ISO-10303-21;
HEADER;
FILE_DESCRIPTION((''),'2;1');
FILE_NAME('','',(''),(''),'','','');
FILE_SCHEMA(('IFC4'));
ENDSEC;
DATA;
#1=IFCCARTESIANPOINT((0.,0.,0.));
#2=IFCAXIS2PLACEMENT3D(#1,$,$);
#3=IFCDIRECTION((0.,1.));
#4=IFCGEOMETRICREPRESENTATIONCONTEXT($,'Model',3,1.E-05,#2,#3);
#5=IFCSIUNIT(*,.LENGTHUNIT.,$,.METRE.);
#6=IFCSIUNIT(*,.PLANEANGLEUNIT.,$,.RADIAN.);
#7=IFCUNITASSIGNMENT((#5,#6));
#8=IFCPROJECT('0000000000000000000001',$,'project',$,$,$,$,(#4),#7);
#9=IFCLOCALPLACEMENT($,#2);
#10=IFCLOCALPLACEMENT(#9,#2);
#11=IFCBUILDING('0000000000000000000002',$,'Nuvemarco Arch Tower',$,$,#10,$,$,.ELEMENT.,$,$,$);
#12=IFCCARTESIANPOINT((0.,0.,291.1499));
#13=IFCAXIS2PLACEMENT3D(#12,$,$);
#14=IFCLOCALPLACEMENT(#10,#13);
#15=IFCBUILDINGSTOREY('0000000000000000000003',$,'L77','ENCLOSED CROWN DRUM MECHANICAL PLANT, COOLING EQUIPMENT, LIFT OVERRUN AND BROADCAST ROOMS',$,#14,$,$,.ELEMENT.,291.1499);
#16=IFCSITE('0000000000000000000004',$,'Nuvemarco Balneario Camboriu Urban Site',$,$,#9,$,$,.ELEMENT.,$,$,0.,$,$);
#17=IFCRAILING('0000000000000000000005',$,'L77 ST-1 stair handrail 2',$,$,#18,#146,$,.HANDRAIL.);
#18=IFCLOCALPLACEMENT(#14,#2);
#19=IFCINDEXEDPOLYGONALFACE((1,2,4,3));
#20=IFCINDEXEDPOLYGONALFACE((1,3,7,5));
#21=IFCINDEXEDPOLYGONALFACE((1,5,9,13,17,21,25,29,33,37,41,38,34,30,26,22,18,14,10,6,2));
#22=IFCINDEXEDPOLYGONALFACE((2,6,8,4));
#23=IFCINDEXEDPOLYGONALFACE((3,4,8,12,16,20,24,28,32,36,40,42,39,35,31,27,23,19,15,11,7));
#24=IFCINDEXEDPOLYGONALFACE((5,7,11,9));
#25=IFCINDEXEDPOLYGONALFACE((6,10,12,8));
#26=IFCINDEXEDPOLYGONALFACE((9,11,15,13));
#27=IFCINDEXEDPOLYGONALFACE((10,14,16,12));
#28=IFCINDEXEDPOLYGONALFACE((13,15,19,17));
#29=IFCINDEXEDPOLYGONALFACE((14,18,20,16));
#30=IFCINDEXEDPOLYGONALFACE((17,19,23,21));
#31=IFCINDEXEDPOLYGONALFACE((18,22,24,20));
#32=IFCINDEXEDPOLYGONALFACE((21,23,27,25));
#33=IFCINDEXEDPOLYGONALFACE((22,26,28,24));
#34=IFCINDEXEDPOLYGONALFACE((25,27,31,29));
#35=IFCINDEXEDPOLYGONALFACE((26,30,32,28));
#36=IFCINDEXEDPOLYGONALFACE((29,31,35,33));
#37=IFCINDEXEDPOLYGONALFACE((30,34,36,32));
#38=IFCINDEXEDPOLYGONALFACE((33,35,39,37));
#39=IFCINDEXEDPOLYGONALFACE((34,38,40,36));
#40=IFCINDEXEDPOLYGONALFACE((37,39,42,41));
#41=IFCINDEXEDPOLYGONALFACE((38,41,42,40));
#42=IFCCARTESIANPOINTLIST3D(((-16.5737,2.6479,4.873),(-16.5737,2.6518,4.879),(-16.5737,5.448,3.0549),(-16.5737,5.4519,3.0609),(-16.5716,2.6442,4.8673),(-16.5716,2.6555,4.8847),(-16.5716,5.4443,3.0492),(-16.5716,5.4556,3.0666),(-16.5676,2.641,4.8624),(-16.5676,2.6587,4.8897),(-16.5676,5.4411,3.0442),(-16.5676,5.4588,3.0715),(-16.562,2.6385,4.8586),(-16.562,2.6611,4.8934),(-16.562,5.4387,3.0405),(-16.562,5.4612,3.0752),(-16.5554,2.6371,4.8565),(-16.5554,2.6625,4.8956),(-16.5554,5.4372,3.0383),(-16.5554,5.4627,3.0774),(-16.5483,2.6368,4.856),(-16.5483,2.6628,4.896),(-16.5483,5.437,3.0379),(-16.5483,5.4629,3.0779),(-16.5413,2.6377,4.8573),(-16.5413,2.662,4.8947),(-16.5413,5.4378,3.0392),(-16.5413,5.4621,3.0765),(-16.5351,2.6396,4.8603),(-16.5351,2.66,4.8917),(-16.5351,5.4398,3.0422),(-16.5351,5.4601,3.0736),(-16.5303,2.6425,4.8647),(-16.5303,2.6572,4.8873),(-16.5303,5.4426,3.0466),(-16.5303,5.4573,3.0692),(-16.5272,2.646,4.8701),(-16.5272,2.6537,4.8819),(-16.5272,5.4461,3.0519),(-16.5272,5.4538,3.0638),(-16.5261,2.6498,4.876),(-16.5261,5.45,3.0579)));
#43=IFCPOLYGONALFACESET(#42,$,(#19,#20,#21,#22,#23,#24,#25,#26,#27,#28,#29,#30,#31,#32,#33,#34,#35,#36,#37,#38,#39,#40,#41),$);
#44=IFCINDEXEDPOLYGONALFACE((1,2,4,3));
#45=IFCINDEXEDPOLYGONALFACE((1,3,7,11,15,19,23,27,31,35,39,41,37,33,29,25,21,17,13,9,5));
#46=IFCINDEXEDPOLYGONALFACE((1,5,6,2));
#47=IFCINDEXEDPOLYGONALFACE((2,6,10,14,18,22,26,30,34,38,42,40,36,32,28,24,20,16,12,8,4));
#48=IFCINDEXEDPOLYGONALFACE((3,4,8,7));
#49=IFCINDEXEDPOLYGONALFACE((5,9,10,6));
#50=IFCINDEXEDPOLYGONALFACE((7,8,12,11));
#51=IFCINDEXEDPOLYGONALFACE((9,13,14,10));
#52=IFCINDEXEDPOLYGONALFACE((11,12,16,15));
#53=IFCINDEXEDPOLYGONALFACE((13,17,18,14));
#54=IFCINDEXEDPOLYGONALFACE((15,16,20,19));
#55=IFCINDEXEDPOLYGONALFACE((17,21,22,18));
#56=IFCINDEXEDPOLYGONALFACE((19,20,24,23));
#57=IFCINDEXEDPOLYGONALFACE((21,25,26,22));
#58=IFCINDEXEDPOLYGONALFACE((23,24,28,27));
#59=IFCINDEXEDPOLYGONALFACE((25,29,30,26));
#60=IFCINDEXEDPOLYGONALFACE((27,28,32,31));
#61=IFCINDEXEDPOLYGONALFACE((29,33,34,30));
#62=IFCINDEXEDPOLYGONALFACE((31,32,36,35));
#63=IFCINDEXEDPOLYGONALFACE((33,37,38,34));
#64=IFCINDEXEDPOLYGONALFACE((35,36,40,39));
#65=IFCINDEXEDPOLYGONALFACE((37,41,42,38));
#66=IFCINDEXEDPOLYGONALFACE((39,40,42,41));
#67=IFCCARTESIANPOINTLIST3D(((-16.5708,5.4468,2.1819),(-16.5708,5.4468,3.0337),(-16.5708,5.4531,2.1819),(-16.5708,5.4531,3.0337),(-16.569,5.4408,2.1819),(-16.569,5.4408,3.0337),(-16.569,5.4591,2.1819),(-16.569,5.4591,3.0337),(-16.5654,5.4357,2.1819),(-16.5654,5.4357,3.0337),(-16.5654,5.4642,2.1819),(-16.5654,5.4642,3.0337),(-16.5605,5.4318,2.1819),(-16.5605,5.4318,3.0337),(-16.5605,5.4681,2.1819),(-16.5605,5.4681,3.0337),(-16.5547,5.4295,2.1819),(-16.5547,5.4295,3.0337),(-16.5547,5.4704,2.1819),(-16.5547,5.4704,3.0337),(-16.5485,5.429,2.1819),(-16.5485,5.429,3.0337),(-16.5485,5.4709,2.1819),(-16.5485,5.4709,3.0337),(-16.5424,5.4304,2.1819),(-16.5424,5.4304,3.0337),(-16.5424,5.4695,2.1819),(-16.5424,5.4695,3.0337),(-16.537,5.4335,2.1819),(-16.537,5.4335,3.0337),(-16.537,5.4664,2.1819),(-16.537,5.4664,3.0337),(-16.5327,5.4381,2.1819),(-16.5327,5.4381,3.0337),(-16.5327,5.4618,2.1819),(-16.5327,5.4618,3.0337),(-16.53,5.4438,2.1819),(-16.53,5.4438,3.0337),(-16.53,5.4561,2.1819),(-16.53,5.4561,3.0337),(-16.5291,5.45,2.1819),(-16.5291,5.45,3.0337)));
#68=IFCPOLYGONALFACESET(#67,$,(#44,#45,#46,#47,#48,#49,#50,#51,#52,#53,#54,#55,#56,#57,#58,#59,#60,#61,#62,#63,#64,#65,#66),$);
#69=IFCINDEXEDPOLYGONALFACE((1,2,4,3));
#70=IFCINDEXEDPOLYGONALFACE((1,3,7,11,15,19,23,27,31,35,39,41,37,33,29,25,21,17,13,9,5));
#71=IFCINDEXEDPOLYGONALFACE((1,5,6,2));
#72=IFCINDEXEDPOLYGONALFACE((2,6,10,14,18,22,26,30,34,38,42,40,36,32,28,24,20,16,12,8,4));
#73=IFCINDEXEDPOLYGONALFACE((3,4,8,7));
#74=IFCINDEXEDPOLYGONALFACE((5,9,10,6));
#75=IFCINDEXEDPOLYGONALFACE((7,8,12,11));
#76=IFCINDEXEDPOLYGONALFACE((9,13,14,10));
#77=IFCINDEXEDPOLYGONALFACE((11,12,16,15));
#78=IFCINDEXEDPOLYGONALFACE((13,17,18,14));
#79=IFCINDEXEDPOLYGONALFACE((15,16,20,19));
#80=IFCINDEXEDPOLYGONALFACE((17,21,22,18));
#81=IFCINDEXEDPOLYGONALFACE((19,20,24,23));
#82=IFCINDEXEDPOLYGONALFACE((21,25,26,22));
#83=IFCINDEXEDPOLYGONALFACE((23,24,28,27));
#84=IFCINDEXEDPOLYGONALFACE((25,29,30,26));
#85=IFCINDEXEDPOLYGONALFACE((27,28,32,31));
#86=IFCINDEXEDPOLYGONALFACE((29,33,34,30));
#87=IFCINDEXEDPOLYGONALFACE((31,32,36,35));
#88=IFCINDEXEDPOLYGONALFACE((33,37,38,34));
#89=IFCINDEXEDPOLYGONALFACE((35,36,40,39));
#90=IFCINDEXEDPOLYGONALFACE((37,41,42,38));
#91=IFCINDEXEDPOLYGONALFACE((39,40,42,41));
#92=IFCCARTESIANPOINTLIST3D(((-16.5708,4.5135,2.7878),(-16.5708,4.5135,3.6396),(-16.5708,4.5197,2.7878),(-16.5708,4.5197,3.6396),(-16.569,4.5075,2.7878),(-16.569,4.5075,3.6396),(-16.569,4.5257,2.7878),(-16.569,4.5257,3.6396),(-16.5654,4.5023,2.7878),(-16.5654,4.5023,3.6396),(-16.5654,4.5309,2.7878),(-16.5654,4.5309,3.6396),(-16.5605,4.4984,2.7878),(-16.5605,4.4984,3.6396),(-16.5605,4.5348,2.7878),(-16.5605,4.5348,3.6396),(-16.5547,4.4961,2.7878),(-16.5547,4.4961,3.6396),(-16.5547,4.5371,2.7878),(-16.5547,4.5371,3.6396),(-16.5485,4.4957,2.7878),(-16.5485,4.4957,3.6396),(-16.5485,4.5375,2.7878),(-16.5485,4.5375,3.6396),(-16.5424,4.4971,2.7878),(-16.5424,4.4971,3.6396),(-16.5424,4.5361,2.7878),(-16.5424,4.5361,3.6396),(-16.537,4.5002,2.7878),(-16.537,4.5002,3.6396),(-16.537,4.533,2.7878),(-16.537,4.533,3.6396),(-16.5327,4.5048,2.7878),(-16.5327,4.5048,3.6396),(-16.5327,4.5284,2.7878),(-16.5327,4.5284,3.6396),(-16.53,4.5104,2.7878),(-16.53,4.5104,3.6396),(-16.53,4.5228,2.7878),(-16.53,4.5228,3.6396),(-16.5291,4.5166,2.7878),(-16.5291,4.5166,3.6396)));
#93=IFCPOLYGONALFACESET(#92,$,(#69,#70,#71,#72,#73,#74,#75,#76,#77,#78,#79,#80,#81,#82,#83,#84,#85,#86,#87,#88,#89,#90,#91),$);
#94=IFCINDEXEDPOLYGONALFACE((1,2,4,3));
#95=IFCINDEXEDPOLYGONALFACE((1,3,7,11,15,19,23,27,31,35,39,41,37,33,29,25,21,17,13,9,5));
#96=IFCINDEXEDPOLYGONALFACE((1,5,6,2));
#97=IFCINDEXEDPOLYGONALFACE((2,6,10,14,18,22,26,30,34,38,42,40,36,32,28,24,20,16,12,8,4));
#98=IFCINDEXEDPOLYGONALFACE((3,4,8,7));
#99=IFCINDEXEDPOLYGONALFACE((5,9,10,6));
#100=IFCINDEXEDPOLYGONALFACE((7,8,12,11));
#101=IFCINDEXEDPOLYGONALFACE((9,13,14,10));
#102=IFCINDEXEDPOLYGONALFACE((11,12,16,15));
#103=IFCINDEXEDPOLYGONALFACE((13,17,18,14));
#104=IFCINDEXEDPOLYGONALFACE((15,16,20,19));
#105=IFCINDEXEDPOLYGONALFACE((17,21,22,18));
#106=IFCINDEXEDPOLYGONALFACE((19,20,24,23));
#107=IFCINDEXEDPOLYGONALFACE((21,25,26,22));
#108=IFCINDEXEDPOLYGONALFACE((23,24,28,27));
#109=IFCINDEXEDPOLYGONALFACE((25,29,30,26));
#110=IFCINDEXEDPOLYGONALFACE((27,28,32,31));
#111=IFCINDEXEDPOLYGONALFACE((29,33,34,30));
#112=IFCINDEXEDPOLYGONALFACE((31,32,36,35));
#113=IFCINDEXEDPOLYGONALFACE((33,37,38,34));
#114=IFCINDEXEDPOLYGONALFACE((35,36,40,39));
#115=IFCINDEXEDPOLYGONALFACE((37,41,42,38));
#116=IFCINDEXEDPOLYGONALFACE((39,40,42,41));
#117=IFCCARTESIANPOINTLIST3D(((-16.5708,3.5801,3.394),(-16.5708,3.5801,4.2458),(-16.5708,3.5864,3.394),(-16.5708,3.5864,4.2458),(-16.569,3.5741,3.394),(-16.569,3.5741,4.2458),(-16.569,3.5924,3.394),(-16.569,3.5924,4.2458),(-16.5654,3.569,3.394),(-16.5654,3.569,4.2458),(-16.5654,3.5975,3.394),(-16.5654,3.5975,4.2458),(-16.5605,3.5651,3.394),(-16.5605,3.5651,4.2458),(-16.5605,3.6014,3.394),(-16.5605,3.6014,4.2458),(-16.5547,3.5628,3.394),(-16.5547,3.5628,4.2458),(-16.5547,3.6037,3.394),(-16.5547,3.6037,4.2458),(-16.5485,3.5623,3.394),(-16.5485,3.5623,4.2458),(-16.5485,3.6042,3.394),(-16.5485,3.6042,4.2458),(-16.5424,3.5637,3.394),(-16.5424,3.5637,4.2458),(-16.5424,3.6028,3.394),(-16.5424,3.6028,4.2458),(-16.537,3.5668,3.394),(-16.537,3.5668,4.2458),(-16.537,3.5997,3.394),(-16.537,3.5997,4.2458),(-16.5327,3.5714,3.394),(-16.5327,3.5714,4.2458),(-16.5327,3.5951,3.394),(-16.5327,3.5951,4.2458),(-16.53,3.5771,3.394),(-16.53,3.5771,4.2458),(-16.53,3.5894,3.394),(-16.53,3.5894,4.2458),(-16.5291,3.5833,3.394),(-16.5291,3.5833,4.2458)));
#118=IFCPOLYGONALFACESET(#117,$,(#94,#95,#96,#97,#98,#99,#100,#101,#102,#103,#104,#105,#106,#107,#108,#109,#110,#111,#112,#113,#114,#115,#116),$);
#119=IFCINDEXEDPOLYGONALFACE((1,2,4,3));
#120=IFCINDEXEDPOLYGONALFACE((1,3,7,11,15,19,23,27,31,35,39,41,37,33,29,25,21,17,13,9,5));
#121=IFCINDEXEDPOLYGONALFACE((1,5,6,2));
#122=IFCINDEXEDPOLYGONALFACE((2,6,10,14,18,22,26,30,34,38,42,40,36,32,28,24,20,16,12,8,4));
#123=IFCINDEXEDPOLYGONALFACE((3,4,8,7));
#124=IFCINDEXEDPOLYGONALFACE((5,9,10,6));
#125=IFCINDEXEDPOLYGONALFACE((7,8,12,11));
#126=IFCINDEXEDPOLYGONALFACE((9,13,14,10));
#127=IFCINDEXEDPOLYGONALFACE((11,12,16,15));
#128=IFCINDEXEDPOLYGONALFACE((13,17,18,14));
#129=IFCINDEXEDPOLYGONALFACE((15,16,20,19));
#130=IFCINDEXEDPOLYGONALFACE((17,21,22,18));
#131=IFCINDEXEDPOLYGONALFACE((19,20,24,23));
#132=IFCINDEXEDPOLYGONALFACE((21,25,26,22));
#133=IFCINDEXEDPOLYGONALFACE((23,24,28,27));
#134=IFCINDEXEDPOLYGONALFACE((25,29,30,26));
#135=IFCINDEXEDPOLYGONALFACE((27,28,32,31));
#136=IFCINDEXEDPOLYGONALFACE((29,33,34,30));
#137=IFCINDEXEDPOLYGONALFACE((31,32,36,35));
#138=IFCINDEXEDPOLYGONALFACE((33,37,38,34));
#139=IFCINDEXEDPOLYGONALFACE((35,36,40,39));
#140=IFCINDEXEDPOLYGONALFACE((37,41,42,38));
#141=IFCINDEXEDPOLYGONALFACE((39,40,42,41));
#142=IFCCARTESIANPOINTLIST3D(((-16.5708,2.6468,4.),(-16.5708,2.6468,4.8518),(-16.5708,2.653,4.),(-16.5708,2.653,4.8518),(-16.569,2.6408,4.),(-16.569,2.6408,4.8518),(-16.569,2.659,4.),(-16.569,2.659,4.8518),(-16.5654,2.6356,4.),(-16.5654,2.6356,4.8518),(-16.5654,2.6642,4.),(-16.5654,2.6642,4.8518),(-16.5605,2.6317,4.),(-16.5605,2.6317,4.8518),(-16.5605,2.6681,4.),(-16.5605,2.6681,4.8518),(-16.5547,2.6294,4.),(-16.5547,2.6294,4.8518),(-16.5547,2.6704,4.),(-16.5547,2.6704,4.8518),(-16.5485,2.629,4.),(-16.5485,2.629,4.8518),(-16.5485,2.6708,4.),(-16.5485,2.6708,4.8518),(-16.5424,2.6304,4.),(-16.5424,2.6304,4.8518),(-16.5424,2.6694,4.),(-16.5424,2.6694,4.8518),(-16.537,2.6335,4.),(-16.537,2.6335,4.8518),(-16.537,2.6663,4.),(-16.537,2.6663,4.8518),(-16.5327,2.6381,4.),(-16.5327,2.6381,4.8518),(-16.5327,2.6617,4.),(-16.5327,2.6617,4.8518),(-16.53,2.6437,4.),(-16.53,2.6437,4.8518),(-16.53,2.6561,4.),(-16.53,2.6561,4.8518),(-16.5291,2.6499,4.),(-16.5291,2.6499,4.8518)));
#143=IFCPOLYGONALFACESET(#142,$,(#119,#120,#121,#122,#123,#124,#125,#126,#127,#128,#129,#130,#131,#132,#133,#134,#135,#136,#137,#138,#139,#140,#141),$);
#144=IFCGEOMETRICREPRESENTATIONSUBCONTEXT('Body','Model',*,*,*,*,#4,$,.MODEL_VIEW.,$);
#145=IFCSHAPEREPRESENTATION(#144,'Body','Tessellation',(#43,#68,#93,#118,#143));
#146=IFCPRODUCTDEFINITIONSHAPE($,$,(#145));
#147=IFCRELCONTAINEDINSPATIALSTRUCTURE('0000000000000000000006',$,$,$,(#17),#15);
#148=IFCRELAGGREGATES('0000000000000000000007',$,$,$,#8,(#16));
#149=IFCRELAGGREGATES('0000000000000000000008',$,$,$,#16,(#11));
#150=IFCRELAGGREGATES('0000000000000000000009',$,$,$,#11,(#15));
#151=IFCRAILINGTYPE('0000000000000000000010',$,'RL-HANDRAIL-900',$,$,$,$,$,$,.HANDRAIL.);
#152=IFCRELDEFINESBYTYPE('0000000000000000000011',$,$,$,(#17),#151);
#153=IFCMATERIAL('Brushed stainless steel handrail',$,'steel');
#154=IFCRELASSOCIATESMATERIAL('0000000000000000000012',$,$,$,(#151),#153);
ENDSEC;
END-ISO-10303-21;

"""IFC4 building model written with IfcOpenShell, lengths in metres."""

from ifc_helpers import new_model, si_unit, direction, frame, origin, origin_2d, place, context, subcontext, project, spatial, circle, extrude, material, type_object, element, save


model = new_model("IFC4")

# Units and contexts
model_context = context("Model", 3, precision=1e-05, world=origin(), true_north=direction((0.0, 1.0)))
body_context = subcontext(model_context, "Body", "Model", "MODEL_VIEW")
ifc_project = project(units=[si_unit("LENGTHUNIT", "METRE"), si_unit("PLANEANGLEUNIT", "RADIAN")], contexts=[model_context])

# Site, building, storey
site_placement = place(None, origin())
site = spatial("IfcSite", under=ifc_project, at=site_placement, Name="Nuvemarco Balneario Camboriu Urban Site", CompositionType="ELEMENT", RefElevation=0.0)
building_placement = place(site_placement, origin())
building = spatial("IfcBuilding", under=site, at=building_placement, Name="Nuvemarco Arch Tower", CompositionType="ELEMENT")
storey_placement = place(building_placement, frame((0.0, 0.0, 291.1499)))
storey = spatial("IfcBuildingStorey", under=building, at=storey_placement, Name="L77", Description="ENCLOSED CROWN DRUM MECHANICAL PLANT, COOLING EQUIPMENT, LIFT OVERRUN AND BROADCAST ROOMS", CompositionType="ELEMENT", Elevation=291.1499)

# Railing
ifc_material_1 = material(Name="Brushed stainless steel handrail", Category="steel")
railing_type_1 = type_object("IfcRailingType", Name="RL-HANDRAIL-900", PredefinedType="HANDRAIL", material=ifc_material_1)
railing_1_placement = place(storey_placement, frame((-16.55, 5.45, 2.1819)))
element("IfcRailing", 1, at=railing_1_placement, inside=storey, type_object=railing_type_1, Name="L77 ST-1 stair handrail 2", PredefinedType="HANDRAIL", context=body_context, shape_type="SweptSolid", body=[
    extrude(circle(Radius=0.0239, at=origin_2d()), frame((0.0, 0.0, 0.876), z_axis=(0.0, -0.838706, 0.544585), x_axis=(1.0, 0.0, 0.0)), (0.0, 0.0, 1.0), 3.3386),
    extrude(circle(Radius=0.021, at=origin_2d()), origin(), (0.0, 0.0, 1.0), 0.8518),
    extrude(circle(Radius=0.021, at=origin_2d()), frame((0.0, -0.9333, 0.606)), (0.0, 0.0, 1.0), 0.8518),
    extrude(circle(Radius=0.021, at=origin_2d()), frame((0.0, -1.8667, 1.2122)), (0.0, 0.0, 1.0), 0.8518),
    extrude(circle(Radius=0.021, at=origin_2d()), frame((0.0, -2.8, 1.8181)), (0.0, 0.0, 1.0), 0.8518),
])

save(model, "model.ifc")
